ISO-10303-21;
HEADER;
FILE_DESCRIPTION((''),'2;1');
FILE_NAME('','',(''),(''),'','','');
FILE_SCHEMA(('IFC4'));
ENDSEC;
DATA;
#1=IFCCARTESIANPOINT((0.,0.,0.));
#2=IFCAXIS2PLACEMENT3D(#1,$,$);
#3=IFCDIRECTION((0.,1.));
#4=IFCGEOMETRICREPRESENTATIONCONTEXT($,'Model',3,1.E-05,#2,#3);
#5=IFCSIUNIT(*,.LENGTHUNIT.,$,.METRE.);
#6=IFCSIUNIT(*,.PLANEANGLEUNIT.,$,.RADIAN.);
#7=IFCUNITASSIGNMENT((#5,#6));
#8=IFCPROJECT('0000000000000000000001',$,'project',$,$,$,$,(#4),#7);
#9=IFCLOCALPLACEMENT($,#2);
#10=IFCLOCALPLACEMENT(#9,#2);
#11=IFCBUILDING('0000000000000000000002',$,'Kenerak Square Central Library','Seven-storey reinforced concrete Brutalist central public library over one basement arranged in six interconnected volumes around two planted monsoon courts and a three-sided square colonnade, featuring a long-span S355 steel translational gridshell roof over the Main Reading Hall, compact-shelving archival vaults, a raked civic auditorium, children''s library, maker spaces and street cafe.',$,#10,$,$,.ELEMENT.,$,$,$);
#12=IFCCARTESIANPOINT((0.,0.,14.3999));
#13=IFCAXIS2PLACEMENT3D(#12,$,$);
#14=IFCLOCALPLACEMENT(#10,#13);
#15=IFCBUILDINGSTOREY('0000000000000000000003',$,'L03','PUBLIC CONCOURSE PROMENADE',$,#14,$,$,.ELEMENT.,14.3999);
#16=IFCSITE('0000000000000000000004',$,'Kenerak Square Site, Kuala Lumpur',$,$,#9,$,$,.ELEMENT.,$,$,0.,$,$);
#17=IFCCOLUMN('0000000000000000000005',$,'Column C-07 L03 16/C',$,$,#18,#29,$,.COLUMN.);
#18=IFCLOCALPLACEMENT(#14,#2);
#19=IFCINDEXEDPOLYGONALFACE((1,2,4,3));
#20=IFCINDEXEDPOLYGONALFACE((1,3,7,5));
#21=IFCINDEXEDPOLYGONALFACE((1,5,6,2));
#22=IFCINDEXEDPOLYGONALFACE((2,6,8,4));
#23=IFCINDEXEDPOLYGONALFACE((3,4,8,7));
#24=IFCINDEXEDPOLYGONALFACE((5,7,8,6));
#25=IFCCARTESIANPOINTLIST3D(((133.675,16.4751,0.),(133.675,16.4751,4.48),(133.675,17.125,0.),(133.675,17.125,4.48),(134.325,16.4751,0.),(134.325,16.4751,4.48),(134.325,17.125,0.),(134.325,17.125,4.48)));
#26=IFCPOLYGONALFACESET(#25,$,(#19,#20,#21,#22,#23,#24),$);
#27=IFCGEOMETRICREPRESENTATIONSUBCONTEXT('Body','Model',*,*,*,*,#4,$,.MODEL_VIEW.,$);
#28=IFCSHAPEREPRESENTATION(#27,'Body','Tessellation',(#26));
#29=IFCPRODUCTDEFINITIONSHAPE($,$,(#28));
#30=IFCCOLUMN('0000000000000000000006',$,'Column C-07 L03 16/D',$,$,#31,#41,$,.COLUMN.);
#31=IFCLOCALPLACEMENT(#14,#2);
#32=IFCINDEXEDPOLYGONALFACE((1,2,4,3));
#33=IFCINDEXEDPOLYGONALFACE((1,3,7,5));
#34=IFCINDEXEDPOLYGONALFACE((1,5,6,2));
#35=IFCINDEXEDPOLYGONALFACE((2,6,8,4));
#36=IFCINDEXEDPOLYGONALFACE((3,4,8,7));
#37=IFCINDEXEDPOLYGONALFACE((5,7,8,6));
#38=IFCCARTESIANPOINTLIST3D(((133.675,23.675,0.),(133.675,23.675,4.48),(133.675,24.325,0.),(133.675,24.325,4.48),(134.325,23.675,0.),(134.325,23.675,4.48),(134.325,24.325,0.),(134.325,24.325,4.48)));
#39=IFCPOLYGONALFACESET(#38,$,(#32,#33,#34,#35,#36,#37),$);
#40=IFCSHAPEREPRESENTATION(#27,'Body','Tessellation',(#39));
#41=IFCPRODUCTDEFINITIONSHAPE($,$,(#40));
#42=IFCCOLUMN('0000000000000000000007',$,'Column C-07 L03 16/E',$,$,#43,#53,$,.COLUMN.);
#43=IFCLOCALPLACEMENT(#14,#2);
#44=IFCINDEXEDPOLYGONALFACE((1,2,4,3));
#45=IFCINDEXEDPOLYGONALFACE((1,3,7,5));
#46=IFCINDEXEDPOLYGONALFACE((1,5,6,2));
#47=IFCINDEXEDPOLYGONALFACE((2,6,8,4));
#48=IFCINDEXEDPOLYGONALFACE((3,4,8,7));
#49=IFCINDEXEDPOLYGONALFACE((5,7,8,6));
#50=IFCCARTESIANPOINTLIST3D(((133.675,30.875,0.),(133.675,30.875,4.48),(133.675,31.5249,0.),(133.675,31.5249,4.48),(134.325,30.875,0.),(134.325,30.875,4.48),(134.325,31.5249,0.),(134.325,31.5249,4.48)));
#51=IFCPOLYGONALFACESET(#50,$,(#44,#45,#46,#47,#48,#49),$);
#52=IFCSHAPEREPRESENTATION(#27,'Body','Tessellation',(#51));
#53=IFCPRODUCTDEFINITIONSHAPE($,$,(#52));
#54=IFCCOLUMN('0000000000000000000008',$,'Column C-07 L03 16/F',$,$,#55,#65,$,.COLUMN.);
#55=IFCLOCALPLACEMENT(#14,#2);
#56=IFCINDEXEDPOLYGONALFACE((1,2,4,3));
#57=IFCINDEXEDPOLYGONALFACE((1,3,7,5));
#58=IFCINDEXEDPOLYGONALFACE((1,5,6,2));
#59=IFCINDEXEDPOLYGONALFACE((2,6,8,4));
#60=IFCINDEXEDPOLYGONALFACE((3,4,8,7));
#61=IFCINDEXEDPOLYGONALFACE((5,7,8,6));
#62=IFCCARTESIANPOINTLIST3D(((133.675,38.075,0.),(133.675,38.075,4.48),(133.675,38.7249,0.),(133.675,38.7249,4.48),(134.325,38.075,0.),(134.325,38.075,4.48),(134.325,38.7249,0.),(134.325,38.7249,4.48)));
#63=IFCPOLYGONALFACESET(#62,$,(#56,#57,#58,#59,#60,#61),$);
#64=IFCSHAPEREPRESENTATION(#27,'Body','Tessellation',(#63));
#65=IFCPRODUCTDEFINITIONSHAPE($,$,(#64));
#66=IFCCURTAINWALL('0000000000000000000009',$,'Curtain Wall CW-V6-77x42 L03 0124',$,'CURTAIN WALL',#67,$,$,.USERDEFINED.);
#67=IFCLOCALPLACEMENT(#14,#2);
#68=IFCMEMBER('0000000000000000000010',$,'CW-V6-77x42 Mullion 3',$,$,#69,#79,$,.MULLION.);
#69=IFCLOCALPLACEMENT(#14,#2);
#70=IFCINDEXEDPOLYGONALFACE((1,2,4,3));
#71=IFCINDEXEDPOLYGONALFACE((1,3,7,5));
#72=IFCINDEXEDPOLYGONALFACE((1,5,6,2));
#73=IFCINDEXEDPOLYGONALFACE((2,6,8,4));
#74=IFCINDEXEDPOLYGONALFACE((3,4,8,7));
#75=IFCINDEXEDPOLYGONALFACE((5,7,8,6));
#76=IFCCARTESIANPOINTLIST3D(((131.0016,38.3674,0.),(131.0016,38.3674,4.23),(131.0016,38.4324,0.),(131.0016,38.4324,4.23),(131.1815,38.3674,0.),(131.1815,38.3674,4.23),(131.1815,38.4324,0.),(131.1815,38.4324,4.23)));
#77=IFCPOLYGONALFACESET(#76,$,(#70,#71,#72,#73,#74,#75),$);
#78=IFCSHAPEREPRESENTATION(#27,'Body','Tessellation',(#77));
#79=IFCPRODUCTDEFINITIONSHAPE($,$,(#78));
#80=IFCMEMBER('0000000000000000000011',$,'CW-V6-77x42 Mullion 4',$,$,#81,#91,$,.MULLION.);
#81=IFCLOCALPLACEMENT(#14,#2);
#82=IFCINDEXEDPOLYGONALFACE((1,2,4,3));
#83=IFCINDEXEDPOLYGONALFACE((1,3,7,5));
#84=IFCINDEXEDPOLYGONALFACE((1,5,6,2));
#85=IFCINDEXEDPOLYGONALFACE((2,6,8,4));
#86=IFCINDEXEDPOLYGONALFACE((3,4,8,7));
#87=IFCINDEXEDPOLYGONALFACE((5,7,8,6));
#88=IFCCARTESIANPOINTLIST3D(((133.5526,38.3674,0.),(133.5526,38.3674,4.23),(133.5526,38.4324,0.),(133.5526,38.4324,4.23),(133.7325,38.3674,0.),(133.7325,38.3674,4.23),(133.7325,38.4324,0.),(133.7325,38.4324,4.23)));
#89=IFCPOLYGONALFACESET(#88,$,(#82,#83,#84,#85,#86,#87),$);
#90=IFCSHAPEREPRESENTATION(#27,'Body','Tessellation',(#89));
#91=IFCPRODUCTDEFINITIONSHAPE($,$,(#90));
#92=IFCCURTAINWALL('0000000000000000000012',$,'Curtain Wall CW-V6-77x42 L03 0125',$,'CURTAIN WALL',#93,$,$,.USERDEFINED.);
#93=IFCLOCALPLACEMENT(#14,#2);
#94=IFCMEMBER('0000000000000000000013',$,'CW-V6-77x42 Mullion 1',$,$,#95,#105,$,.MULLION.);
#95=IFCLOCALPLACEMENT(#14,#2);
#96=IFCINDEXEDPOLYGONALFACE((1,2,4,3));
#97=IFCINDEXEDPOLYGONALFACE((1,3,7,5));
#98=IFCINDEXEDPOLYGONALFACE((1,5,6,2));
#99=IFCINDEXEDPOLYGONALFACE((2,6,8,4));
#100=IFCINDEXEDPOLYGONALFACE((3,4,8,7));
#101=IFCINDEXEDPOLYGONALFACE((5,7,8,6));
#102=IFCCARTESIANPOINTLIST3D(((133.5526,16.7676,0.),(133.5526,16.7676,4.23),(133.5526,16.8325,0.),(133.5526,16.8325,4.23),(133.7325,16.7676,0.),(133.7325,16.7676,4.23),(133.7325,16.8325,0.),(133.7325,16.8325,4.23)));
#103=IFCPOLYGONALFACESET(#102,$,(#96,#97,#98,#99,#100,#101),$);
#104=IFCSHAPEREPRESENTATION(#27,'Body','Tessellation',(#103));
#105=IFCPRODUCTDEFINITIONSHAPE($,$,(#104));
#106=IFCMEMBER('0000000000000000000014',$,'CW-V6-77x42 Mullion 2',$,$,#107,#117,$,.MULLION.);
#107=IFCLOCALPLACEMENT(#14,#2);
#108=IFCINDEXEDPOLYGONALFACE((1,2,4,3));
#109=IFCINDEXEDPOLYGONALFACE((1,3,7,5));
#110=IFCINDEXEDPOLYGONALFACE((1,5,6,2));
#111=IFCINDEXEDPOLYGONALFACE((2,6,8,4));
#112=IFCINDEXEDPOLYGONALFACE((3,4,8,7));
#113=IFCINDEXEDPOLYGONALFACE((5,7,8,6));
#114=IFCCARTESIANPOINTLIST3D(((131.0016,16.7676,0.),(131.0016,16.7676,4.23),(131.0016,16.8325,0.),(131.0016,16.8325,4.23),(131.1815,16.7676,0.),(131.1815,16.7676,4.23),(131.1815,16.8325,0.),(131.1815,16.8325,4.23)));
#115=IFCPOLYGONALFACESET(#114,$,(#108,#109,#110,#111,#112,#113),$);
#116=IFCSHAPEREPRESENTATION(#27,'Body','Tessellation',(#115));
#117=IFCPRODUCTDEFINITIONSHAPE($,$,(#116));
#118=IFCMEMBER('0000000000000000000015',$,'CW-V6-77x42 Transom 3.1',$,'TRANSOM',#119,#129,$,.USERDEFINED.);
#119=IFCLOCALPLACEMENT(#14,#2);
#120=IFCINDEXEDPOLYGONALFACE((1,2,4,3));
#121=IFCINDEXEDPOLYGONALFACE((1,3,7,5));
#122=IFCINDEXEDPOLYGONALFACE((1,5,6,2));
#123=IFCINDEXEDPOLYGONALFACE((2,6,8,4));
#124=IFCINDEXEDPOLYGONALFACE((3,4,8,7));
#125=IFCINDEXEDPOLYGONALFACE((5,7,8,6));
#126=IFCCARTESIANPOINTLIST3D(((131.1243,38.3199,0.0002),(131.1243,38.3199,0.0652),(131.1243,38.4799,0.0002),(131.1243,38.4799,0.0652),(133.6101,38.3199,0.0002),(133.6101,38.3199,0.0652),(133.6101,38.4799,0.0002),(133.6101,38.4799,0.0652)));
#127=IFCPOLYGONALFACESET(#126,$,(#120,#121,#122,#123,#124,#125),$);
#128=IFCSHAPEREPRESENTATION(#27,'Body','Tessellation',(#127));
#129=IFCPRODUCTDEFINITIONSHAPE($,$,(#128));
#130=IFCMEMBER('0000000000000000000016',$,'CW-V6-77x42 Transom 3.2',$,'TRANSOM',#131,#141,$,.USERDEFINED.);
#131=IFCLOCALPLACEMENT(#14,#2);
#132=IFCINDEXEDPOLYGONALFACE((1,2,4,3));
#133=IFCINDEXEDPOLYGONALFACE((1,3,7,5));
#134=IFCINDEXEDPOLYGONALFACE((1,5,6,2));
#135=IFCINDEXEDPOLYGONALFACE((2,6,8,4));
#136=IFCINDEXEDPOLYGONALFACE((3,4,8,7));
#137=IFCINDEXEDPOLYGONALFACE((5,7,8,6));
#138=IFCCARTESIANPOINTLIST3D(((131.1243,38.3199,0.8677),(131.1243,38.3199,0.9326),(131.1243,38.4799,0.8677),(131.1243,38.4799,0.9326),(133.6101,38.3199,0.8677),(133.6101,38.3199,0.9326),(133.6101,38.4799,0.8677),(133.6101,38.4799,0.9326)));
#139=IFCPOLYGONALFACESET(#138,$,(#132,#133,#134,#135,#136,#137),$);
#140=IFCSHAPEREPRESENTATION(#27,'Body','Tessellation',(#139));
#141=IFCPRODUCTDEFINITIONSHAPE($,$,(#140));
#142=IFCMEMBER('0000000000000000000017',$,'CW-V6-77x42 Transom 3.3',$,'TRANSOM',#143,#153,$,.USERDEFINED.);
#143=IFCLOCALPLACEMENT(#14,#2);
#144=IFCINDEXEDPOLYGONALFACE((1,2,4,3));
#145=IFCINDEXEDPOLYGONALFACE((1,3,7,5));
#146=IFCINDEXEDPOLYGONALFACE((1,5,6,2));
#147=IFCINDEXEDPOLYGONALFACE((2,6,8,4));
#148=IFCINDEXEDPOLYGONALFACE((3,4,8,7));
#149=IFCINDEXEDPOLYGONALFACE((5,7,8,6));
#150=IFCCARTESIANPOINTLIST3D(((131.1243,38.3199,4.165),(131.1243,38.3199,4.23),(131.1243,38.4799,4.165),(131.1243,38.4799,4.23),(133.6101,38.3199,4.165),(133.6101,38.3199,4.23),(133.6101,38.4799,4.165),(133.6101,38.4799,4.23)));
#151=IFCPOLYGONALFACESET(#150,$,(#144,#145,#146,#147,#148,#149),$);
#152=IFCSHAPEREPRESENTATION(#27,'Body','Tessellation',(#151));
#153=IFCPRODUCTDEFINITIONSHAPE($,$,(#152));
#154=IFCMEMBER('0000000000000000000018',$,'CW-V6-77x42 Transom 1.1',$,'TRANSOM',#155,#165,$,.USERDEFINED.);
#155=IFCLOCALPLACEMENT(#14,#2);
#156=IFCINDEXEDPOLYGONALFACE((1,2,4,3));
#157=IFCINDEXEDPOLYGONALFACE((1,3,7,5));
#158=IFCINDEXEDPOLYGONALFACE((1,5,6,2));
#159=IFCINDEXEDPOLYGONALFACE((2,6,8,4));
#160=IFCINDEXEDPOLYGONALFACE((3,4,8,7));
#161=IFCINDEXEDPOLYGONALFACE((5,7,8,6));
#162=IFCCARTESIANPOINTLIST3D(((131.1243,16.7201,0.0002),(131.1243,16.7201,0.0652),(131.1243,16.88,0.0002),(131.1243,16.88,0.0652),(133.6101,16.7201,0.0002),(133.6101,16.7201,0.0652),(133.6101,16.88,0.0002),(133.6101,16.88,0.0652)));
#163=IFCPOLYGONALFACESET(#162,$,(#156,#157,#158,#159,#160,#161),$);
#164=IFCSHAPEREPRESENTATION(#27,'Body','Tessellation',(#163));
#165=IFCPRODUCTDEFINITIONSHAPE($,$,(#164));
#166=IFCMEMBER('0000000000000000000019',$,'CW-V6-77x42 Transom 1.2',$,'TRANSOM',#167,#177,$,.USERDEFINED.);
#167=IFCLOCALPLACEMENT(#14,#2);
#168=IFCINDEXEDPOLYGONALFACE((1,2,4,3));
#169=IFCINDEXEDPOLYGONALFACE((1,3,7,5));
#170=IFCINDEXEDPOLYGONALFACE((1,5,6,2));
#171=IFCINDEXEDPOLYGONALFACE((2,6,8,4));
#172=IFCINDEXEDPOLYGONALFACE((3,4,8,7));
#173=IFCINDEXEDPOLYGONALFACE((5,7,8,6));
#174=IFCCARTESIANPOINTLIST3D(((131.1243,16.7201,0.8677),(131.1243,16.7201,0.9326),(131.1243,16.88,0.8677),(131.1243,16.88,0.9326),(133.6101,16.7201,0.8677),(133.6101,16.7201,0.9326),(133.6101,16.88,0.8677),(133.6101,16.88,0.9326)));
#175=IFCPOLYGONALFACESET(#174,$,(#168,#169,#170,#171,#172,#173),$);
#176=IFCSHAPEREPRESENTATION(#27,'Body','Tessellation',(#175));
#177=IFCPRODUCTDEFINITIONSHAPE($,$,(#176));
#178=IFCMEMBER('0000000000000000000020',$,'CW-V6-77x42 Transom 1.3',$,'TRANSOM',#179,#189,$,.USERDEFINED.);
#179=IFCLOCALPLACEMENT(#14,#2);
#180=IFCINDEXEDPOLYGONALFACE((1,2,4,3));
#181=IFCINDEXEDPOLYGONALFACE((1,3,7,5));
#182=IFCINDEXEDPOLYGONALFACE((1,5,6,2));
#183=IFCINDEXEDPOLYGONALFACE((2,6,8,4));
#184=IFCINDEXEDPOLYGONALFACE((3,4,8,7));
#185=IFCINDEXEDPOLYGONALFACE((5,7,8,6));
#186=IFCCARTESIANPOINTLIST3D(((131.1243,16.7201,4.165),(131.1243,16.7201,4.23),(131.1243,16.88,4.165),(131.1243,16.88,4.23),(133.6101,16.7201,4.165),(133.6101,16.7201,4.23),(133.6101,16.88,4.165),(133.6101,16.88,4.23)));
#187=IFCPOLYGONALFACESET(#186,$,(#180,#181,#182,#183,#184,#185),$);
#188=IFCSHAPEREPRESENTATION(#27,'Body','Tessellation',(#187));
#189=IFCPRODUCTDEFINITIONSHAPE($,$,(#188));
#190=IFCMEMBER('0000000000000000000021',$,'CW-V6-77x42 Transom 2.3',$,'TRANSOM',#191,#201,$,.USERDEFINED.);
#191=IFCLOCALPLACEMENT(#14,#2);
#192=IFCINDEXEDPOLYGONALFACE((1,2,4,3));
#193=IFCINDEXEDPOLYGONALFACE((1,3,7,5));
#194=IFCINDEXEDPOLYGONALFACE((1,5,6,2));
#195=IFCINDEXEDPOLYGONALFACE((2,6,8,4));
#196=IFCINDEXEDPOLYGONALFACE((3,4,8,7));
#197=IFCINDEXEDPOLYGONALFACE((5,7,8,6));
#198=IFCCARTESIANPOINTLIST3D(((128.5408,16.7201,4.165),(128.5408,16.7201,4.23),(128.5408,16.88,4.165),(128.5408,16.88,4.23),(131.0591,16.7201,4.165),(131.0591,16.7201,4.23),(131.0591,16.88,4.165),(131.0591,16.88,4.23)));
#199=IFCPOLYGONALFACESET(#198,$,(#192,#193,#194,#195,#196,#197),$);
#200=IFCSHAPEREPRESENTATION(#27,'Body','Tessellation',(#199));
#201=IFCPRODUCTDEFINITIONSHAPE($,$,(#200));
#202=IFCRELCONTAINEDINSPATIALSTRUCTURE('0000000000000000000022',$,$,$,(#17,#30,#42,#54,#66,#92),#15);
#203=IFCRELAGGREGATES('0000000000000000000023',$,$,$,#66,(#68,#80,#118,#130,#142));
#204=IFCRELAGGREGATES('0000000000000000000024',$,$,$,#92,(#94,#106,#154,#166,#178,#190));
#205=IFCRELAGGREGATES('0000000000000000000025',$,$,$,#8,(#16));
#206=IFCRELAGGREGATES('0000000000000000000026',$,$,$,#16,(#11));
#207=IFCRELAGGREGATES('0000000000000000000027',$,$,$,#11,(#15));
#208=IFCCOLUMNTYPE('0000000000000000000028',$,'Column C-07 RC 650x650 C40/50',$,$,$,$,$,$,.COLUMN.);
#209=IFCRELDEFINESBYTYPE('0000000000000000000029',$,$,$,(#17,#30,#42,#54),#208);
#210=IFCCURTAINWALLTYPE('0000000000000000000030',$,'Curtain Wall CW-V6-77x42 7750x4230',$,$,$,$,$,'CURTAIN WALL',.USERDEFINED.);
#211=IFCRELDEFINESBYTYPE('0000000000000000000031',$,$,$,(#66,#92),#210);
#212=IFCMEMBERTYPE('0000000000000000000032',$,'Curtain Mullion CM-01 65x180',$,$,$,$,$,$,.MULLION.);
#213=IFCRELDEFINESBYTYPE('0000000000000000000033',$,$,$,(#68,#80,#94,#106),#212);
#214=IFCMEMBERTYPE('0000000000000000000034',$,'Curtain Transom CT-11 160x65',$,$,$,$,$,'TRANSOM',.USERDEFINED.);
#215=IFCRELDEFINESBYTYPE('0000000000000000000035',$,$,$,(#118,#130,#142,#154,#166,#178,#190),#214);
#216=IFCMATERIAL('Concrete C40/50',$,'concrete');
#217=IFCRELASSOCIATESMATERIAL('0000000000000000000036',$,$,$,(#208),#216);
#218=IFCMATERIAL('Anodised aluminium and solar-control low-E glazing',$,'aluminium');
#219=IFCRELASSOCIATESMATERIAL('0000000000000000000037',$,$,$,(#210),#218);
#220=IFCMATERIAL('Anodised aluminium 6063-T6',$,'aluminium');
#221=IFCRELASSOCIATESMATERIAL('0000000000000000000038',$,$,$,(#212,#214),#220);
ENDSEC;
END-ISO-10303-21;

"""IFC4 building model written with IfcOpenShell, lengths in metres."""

from ifc_helpers import new_model, si_unit, direction, frame, origin, origin_2d, place, context, subcontext, project, spatial, rectangle, extrude, material, material_profile, profile_set, type_object, element, aggregate, save


model = new_model("IFC4")

# Units and contexts
model_context = context("Model", 3, precision=1e-05, world=origin(), true_north=direction((0.0, 1.0)))
body_context = subcontext(model_context, "Body", "Model", "MODEL_VIEW")
ifc_project = project(units=[si_unit("LENGTHUNIT", "METRE"), si_unit("PLANEANGLEUNIT", "RADIAN")], contexts=[model_context])

# Site, building, storey
site_placement = place(None, origin())
site = spatial("IfcSite", under=ifc_project, at=site_placement, Name="Kenerak Square Site, Kuala Lumpur", CompositionType="ELEMENT", RefElevation=0.0)
building_placement = place(site_placement, origin())
building = spatial("IfcBuilding", under=site, at=building_placement, Name="Kenerak Square Central Library", Description="Seven-storey reinforced concrete Brutalist central public library over one basement arranged in six interconnected volumes around two planted monsoon courts and a three-sided square colonnade, featuring a long-span S355 steel translational gridshell roof over the Main Reading Hall, compact-shelving archival vaults, a raked civic auditorium, children's library, maker spaces and street cafe.", CompositionType="ELEMENT")
storey_placement = place(building_placement, frame((0.0, 0.0, 14.3999)))
storey = spatial("IfcBuildingStorey", under=building, at=storey_placement, Name="L03", Description="PUBLIC CONCOURSE PROMENADE", CompositionType="ELEMENT", Elevation=14.3999)

# Columns
ifc_material_1 = material(Name="Concrete C40/50", Category="concrete")
ifc_material_profile_1 = material_profile(ifc_material_1, rectangle(XDim=0.6499, YDim=0.6499, at=origin_2d()), Name="RC 650x650")
ifc_profile_set_1 = profile_set([ifc_material_profile_1], Name="Concrete C40/50")
column_type = type_object("IfcColumnType", Name="Column C-07 RC 650x650 C40/50", PredefinedType="COLUMN", material=ifc_profile_set_1)
for number, where, z_axis, x_axis, name in (
    (1, (134.0, 16.8, 0.0), (0.0, 0.0, 1.0), (1.0, 0.0, 0.0), "Column C-07 L03 16/C"),
    (2, (134.0, 24.0, 0.0), (0.0, 0.0, 1.0), (1.0, 0.0, 0.0), "Column C-07 L03 16/D"),
    (3, (134.0, 31.2, 0.0), (0.0, 0.0, 1.0), (1.0, 0.0, 0.0), "Column C-07 L03 16/E"),
    (4, (134.0, 38.3999, 0.0), (0.0, 0.0, 1.0), (1.0, 0.0, 0.0), "Column C-07 L03 16/F"),
):
    element("IfcColumn", number, at=place(storey_placement, frame(where, z_axis=z_axis, x_axis=x_axis)), inside=storey, type_object=column_type, Name=name, PredefinedType="COLUMN", context=body_context, shape_type="SweptSolid", body=[
        extrude(rectangle(XDim=0.6499, YDim=0.6499, at=origin_2d()), origin(), (0.0, 0.0, 1.0), 4.48),
    ])

# Curtain walls, members
ifc_material_2 = material(Name="Anodised aluminium and solar-control low-E glazing", Category="aluminium")
curtain_wall_type = type_object("IfcCurtainWallType", Name="Curtain Wall CW-V6-77x42 7750x4230", ElementType="CURTAIN WALL", PredefinedType="USERDEFINED", material=ifc_material_2)
curtain_wall_1_placement = place(storey_placement, origin())
curtain_wall_1 = element("IfcCurtainWall", 5, at=curtain_wall_1_placement, inside=storey, type_object=curtain_wall_type, Name="Curtain Wall CW-V6-77x42 L03 0124", ObjectType="CURTAIN WALL", PredefinedType="USERDEFINED")
ifc_material_3 = material(Name="Anodised aluminium 6063-T6", Category="aluminium")
ifc_material_profile_2 = material_profile(ifc_material_3, rectangle(XDim=0.0649, YDim=0.1799, at=origin_2d()), Name="AL MULLION 65x180")
ifc_profile_set_2 = profile_set([ifc_material_profile_2], Name="Anodised aluminium 6063-T6")
member_type_1 = type_object("IfcMemberType", Name="Curtain Mullion CM-01 65x180", PredefinedType="MULLION", material=ifc_profile_set_2)
member_1_placement = place(storey_placement, frame((131.0916, 38.3999, 0.0), z_axis=(0.0, 0.0, 1.0), x_axis=(0.0, 1.0, 0.0)))
member_1 = element("IfcMember", 6, at=member_1_placement, type_object=member_type_1, Name="CW-V6-77x42 Mullion 3", PredefinedType="MULLION", context=body_context, shape_type="SweptSolid", body=[
    extrude(rectangle(XDim=0.0649, YDim=0.1799, at=origin_2d()), origin(), (0.0, 0.0, 1.0), 4.23),
])
member_2_placement = place(storey_placement, frame((133.6426, 38.3999, 0.0), z_axis=(0.0, 0.0, 1.0), x_axis=(0.0, 1.0, 0.0)))
member_2 = element("IfcMember", 7, at=member_2_placement, type_object=member_type_1, Name="CW-V6-77x42 Mullion 4", PredefinedType="MULLION", context=body_context, shape_type="SweptSolid", body=[
    extrude(rectangle(XDim=0.0649, YDim=0.1799, at=origin_2d()), origin(), (0.0, 0.0, 1.0), 4.23),
])
curtain_wall_2_placement = place(storey_placement, origin())
curtain_wall_2 = element("IfcCurtainWall", 8, at=curtain_wall_2_placement, inside=storey, type_object=curtain_wall_type, Name="Curtain Wall CW-V6-77x42 L03 0125", ObjectType="CURTAIN WALL", PredefinedType="USERDEFINED")
member_3_placement = place(storey_placement, frame((133.6426, 16.8, 0.0), z_axis=(0.0, 0.0, 1.0), x_axis=(0.0, -1.0, 0.0)))
member_3 = element("IfcMember", 9, at=member_3_placement, type_object=member_type_1, Name="CW-V6-77x42 Mullion 1", PredefinedType="MULLION", context=body_context, shape_type="SweptSolid", body=[
    extrude(rectangle(XDim=0.0649, YDim=0.1799, at=origin_2d()), origin(), (0.0, 0.0, 1.0), 4.23),
])
member_4_placement = place(storey_placement, frame((131.0916, 16.8, 0.0), z_axis=(0.0, 0.0, 1.0), x_axis=(0.0, -1.0, 0.0)))
member_4 = element("IfcMember", 10, at=member_4_placement, type_object=member_type_1, Name="CW-V6-77x42 Mullion 2", PredefinedType="MULLION", context=body_context, shape_type="SweptSolid", body=[
    extrude(rectangle(XDim=0.0649, YDim=0.1799, at=origin_2d()), origin(), (0.0, 0.0, 1.0), 4.23),
])

# Members
ifc_material_profile_3 = material_profile(ifc_material_3, rectangle(XDim=0.1599, YDim=0.0649, at=origin_2d()), Name="AL TRANSOM 160x65")
ifc_profile_set_3 = profile_set([ifc_material_profile_3], Name="Anodised aluminium 6063-T6")
member_type_2 = type_object("IfcMemberType", Name="Curtain Transom CT-11 160x65", ElementType="TRANSOM", PredefinedType="USERDEFINED", material=ifc_profile_set_3)
member_5_placement = place(storey_placement, frame((131.1243, 38.3999, 0.0327), z_axis=(1.0, 0.0, 0.0), x_axis=(0.0, 1.0, 0.0)))
member_5 = element("IfcMember", 11, at=member_5_placement, type_object=member_type_2, Name="CW-V6-77x42 Transom 3.1", ObjectType="TRANSOM", PredefinedType="USERDEFINED", context=body_context, shape_type="SweptSolid", body=[
    extrude(rectangle(XDim=0.1599, YDim=0.0649, at=origin_2d()), origin(), (0.0, 0.0, 1.0), 2.4858),
])
member_6_placement = place(storey_placement, frame((131.1243, 38.3999, 0.9001), z_axis=(1.0, 0.0, 0.0), x_axis=(0.0, 1.0, 0.0)))
member_6 = element("IfcMember", 12, at=member_6_placement, type_object=member_type_2, Name="CW-V6-77x42 Transom 3.2", ObjectType="TRANSOM", PredefinedType="USERDEFINED", context=body_context, shape_type="SweptSolid", body=[
    extrude(rectangle(XDim=0.1599, YDim=0.0649, at=origin_2d()), origin(), (0.0, 0.0, 1.0), 2.4858),
])
member_7_placement = place(storey_placement, frame((131.1243, 38.3999, 4.1975), z_axis=(1.0, 0.0, 0.0), x_axis=(0.0, 1.0, 0.0)))
member_7 = element("IfcMember", 13, at=member_7_placement, type_object=member_type_2, Name="CW-V6-77x42 Transom 3.3", ObjectType="TRANSOM", PredefinedType="USERDEFINED", context=body_context, shape_type="SweptSolid", body=[
    extrude(rectangle(XDim=0.1599, YDim=0.0649, at=origin_2d()), origin(), (0.0, 0.0, 1.0), 2.4858),
])
member_8_placement = place(storey_placement, frame((133.6101, 16.8, 0.0327), z_axis=(-1.0, 0.0, 0.0), x_axis=(0.0, -1.0, 0.0)))
member_8 = element("IfcMember", 14, at=member_8_placement, type_object=member_type_2, Name="CW-V6-77x42 Transom 1.1", ObjectType="TRANSOM", PredefinedType="USERDEFINED", context=body_context, shape_type="SweptSolid", body=[
    extrude(rectangle(XDim=0.1599, YDim=0.0649, at=origin_2d()), origin(), (0.0, 0.0, 1.0), 2.4858),
])
member_9_placement = place(storey_placement, frame((133.6101, 16.8, 0.9001), z_axis=(-1.0, 0.0, 0.0), x_axis=(0.0, -1.0, 0.0)))
member_9 = element("IfcMember", 15, at=member_9_placement, type_object=member_type_2, Name="CW-V6-77x42 Transom 1.2", ObjectType="TRANSOM", PredefinedType="USERDEFINED", context=body_context, shape_type="SweptSolid", body=[
    extrude(rectangle(XDim=0.1599, YDim=0.0649, at=origin_2d()), origin(), (0.0, 0.0, 1.0), 2.4858),
])
member_10_placement = place(storey_placement, frame((133.6101, 16.8, 4.1975), z_axis=(-1.0, 0.0, 0.0), x_axis=(0.0, -1.0, 0.0)))
member_10 = element("IfcMember", 16, at=member_10_placement, type_object=member_type_2, Name="CW-V6-77x42 Transom 1.3", ObjectType="TRANSOM", PredefinedType="USERDEFINED", context=body_context, shape_type="SweptSolid", body=[
    extrude(rectangle(XDim=0.1599, YDim=0.0649, at=origin_2d()), origin(), (0.0, 0.0, 1.0), 2.4858),
])
member_11_placement = place(storey_placement, frame((131.0591, 16.8, 4.1975), z_axis=(-1.0, 0.0, 0.0), x_axis=(0.0, -1.0, 0.0)))
member_11 = element("IfcMember", 17, at=member_11_placement, type_object=member_type_2, Name="CW-V6-77x42 Transom 2.3", ObjectType="TRANSOM", PredefinedType="USERDEFINED", context=body_context, shape_type="SweptSolid", body=[
    extrude(rectangle(XDim=0.1599, YDim=0.0649, at=origin_2d()), origin(), (0.0, 0.0, 1.0), 2.5183),
])

aggregate(curtain_wall_1, [member_1, member_2, member_5, member_6, member_7])
aggregate(curtain_wall_2, [member_3, member_4, member_8, member_9, member_10, member_11])

save(model, "model.ifc")
